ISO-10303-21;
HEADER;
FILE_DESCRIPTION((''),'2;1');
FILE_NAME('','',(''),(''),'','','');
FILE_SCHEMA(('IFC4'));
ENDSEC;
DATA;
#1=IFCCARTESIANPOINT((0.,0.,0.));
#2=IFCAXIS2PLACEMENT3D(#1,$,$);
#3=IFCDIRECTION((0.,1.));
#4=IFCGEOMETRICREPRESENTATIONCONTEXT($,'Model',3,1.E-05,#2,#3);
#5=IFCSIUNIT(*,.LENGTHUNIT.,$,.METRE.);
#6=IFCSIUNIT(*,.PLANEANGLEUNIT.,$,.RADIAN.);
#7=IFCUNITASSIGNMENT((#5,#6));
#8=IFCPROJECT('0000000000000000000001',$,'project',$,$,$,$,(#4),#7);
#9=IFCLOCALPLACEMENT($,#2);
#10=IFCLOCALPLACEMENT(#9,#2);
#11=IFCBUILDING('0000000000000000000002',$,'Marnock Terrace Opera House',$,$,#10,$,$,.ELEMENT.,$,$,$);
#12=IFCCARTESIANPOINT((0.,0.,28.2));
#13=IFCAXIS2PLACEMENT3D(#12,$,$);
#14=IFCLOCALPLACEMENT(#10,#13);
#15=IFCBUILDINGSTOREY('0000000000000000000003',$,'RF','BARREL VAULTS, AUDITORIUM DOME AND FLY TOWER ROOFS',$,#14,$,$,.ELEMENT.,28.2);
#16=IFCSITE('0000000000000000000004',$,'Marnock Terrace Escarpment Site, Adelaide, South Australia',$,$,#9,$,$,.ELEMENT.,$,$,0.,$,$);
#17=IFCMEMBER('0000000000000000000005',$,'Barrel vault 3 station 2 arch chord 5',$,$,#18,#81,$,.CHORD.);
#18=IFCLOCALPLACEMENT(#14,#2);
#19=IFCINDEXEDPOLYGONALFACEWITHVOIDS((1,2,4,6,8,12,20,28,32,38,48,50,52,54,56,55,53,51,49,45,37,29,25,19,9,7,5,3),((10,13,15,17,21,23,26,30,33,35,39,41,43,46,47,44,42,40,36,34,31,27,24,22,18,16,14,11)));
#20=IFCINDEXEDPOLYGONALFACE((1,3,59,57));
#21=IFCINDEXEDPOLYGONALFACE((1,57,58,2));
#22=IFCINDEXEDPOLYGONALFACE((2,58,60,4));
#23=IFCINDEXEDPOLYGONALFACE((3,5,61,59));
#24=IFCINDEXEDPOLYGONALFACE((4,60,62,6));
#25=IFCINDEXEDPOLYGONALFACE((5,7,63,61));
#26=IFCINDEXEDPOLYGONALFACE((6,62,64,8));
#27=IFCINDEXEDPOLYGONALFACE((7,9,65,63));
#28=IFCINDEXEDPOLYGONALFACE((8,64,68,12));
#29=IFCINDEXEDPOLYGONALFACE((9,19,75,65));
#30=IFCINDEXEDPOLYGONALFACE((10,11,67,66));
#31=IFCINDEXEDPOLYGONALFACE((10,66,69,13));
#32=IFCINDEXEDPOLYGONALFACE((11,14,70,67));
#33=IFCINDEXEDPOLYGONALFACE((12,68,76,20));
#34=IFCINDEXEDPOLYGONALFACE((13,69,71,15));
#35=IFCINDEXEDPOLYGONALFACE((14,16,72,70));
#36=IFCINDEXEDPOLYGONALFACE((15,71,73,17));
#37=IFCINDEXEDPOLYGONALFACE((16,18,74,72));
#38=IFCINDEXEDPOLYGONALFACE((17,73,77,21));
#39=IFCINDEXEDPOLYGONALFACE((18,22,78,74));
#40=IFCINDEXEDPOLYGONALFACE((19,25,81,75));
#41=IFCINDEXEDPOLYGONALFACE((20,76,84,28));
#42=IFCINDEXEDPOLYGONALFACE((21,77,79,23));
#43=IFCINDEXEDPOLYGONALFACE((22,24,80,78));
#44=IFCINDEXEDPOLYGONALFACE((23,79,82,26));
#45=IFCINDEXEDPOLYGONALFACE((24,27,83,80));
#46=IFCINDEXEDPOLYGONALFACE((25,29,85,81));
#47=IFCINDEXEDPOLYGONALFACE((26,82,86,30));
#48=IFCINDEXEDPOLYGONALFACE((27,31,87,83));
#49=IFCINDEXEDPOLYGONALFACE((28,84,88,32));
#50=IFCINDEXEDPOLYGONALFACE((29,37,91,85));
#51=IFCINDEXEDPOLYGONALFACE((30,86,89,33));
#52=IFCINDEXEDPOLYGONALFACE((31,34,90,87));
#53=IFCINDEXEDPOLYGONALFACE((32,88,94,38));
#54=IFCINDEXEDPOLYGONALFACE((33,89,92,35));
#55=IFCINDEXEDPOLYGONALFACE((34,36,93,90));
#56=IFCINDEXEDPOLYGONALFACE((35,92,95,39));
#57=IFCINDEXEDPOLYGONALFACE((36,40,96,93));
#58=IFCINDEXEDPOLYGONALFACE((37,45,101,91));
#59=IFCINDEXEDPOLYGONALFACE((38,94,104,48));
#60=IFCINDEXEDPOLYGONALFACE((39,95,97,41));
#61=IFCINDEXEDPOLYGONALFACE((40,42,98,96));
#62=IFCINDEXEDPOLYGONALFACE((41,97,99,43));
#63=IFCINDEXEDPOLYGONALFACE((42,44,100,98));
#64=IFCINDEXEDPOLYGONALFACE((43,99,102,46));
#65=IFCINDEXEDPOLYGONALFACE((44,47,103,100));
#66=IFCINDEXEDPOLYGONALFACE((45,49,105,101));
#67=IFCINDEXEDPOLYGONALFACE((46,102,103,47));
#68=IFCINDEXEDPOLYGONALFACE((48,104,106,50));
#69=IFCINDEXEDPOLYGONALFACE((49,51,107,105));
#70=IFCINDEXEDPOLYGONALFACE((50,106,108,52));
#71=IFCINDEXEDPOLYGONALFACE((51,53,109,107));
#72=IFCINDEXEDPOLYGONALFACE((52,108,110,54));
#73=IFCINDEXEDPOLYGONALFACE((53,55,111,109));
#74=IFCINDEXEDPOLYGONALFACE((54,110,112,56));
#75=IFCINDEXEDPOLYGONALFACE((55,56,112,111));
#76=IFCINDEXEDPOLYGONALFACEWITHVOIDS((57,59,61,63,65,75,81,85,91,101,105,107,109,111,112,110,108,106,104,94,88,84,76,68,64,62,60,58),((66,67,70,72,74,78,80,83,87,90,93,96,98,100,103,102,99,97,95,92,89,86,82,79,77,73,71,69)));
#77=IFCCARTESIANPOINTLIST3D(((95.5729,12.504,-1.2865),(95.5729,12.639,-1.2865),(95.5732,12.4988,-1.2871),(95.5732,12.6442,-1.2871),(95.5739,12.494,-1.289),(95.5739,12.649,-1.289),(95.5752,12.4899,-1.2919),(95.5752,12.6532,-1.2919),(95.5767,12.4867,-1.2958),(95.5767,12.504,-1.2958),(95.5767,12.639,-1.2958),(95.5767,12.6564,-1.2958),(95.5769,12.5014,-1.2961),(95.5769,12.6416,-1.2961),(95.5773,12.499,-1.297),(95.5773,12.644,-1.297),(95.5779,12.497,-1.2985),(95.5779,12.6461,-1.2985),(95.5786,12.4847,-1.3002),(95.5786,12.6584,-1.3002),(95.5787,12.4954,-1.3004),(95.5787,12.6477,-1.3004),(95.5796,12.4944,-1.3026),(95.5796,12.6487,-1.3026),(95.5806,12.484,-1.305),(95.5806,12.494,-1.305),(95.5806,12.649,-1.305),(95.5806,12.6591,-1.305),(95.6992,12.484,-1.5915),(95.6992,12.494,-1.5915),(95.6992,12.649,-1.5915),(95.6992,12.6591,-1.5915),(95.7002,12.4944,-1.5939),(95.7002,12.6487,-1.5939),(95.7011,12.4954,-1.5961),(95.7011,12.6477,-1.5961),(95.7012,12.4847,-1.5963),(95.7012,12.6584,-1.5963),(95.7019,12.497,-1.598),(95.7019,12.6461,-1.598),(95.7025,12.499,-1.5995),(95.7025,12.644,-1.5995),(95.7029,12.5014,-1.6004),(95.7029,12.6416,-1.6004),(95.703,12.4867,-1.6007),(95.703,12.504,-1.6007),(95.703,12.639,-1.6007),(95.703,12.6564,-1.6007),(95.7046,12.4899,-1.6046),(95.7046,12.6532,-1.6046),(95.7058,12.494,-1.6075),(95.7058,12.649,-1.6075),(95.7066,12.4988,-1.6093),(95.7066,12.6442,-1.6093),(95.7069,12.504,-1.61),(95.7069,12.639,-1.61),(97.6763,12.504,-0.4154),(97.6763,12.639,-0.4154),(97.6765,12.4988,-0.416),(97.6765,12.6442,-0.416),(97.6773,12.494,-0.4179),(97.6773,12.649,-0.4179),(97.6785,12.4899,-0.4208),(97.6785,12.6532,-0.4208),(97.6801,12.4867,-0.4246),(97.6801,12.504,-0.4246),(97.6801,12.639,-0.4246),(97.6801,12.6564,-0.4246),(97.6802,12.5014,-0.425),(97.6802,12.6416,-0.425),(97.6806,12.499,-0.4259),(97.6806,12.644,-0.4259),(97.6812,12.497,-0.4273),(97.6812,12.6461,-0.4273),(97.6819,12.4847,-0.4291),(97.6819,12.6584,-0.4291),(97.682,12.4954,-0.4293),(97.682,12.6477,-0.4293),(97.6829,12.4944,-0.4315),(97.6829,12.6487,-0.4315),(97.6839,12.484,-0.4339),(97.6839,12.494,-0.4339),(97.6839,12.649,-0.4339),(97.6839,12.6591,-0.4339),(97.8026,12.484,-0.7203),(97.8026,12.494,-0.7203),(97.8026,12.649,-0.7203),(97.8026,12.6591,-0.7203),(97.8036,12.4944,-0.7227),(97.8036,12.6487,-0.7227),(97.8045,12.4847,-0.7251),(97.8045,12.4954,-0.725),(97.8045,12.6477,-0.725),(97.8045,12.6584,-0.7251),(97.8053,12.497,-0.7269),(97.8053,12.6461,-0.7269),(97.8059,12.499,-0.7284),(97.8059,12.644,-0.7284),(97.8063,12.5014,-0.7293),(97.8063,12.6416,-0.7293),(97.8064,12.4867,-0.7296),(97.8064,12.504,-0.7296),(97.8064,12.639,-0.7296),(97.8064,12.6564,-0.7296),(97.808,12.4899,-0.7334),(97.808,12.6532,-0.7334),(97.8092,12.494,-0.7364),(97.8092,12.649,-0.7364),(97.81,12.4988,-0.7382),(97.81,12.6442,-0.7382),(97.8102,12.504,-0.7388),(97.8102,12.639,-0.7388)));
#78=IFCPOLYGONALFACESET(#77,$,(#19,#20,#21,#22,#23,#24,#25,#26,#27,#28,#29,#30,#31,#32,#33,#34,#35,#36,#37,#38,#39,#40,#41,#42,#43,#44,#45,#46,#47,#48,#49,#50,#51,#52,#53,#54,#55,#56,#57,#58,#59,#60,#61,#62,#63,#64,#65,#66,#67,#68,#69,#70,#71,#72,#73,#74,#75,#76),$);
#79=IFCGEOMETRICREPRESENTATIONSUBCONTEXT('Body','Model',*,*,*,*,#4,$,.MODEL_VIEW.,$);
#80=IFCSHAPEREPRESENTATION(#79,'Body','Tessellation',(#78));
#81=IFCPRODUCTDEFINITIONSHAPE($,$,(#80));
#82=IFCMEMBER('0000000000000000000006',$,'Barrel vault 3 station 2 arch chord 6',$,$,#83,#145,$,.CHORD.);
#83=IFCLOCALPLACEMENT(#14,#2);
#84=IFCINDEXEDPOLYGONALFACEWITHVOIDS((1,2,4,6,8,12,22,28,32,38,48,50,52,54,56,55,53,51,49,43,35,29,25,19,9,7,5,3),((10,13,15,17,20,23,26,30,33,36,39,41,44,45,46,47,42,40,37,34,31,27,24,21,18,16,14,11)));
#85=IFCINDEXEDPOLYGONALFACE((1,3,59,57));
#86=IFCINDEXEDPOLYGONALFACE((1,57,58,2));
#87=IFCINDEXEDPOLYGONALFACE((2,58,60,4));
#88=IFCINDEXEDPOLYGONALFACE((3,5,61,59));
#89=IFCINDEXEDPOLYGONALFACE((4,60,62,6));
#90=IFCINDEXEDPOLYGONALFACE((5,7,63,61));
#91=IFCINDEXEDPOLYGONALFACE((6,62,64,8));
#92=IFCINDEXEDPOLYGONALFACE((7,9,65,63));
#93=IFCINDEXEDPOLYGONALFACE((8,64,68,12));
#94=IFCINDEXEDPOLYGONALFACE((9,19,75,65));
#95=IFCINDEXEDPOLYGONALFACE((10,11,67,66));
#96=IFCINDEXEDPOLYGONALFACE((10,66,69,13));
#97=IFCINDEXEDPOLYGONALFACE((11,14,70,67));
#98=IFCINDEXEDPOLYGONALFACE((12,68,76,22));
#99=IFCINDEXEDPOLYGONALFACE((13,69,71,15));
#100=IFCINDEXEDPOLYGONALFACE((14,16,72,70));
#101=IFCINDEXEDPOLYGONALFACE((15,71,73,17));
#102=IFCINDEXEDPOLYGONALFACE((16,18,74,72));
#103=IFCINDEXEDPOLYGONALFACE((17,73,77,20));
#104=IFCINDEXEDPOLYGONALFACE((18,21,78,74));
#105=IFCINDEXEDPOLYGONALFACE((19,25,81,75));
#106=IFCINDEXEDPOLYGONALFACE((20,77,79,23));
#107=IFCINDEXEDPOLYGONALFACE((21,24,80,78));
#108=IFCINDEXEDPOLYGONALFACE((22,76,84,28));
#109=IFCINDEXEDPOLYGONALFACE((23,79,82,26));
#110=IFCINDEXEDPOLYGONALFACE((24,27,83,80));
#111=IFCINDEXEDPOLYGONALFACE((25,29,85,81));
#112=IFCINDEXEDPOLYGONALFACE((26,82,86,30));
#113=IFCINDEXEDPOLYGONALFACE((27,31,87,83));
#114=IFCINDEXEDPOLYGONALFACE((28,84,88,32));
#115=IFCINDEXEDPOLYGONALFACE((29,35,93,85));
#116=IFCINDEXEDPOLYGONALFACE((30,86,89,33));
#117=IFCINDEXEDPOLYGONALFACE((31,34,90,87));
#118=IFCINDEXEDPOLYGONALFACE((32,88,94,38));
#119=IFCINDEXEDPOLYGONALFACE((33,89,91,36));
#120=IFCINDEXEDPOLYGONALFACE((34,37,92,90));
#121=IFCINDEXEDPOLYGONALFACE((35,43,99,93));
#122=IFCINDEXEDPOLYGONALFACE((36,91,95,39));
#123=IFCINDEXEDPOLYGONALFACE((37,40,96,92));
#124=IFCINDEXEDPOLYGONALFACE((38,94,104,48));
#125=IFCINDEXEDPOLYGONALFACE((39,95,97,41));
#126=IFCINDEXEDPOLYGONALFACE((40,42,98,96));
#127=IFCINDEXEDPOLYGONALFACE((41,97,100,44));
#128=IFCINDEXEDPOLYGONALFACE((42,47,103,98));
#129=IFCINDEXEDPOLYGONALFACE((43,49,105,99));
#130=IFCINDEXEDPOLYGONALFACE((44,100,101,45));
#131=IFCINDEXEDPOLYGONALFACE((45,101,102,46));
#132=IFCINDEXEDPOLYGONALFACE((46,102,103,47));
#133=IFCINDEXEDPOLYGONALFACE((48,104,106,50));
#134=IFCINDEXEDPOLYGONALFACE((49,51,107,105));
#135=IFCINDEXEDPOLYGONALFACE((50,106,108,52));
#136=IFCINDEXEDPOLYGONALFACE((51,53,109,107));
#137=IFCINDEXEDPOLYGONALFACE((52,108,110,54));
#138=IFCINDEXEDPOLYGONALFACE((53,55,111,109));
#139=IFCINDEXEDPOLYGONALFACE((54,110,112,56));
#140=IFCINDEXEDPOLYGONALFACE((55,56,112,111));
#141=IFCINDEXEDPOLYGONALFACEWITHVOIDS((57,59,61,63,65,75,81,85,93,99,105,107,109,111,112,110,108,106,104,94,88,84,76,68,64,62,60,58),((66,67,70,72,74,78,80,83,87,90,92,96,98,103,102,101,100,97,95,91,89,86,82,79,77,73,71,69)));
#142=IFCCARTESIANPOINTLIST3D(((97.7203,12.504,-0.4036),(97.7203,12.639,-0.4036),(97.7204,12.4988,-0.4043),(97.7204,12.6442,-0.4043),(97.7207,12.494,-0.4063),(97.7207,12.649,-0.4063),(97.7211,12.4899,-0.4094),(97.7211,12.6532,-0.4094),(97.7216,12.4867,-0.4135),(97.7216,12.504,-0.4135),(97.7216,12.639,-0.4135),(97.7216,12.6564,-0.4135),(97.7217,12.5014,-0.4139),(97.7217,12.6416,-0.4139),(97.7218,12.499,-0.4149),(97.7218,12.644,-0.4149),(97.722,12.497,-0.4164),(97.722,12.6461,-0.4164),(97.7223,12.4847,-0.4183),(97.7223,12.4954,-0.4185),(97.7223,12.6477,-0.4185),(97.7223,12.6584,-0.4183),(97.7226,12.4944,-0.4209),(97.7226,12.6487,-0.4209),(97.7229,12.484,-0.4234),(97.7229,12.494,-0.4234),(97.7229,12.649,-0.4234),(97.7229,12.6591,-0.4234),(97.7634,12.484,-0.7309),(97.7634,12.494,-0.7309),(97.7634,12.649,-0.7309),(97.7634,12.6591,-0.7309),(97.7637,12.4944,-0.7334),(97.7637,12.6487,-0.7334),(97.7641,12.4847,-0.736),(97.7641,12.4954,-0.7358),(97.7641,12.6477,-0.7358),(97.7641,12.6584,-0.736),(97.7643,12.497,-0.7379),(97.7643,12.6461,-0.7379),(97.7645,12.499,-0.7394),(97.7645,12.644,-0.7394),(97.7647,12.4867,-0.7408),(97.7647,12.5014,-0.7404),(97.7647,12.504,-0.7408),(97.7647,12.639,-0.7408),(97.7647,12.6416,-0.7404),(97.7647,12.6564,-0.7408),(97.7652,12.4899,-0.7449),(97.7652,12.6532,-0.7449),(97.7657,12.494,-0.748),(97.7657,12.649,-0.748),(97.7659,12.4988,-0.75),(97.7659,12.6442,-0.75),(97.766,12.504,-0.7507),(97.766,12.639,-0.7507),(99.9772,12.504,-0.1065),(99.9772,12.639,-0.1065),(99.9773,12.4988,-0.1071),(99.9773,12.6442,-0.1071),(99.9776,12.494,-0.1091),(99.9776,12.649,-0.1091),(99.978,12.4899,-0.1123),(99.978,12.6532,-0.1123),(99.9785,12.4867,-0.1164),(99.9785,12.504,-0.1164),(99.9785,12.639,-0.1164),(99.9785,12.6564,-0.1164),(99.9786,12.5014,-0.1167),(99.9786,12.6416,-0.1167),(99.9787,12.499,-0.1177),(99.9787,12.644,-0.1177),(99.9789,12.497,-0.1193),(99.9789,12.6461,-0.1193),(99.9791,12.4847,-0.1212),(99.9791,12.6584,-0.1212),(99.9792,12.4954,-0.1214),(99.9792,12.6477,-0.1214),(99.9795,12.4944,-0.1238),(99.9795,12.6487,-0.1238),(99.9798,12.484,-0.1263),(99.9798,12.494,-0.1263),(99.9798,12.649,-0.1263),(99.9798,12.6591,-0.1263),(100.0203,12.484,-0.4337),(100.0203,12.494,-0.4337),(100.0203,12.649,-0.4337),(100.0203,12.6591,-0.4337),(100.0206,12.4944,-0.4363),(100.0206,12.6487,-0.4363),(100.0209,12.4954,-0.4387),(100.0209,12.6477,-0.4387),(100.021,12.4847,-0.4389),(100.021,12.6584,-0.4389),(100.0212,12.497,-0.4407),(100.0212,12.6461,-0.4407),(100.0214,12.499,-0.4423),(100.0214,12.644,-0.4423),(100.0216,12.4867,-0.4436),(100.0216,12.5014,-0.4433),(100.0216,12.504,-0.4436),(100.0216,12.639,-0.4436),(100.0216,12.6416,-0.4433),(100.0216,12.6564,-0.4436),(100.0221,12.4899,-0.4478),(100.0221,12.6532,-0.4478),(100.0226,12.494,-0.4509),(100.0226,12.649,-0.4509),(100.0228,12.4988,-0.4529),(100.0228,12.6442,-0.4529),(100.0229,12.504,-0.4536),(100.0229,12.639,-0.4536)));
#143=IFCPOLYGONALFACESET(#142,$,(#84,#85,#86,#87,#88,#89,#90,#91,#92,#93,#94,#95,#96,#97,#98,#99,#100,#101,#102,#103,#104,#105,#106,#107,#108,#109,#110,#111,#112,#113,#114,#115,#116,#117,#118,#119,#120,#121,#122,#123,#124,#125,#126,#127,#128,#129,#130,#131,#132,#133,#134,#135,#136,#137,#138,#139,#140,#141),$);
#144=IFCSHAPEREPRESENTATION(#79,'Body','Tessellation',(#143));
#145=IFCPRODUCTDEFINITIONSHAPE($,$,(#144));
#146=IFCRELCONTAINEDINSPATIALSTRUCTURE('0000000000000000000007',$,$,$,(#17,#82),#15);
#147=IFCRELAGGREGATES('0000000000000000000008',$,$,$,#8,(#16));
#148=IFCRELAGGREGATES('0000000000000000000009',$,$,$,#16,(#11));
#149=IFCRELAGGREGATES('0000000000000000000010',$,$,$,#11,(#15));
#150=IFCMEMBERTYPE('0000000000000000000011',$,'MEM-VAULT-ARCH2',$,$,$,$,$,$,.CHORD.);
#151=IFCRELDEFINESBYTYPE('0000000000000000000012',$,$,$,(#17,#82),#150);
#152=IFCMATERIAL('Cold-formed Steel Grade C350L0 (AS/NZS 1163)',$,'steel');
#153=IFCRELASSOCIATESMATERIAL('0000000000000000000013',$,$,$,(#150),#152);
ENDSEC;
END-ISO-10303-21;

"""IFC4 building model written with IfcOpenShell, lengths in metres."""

from ifc_helpers import new_model, si_unit, direction, frame, origin, origin_2d, place, context, subcontext, project, spatial, hollow_rectangle, extrude, material, material_profile, profile_set, type_object, element, save


model = new_model("IFC4")

# Units and contexts
model_context = context("Model", 3, precision=1e-05, world=origin(), true_north=direction((0.0, 1.0)))
body_context = subcontext(model_context, "Body", "Model", "MODEL_VIEW")
ifc_project = project(units=[si_unit("LENGTHUNIT", "METRE"), si_unit("PLANEANGLEUNIT", "RADIAN")], contexts=[model_context])

# Site, building, storey
site_placement = place(None, origin())
site = spatial("IfcSite", under=ifc_project, at=site_placement, Name="Marnock Terrace Escarpment Site, Adelaide, South Australia", CompositionType="ELEMENT", RefElevation=0.0)
building_placement = place(site_placement, origin())
building = spatial("IfcBuilding", under=site, at=building_placement, Name="Marnock Terrace Opera House", CompositionType="ELEMENT")
storey_placement = place(building_placement, frame((0.0, 0.0, 28.2)))
storey = spatial("IfcBuildingStorey", under=building, at=storey_placement, Name="RF", Description="BARREL VAULTS, AUDITORIUM DOME AND FLY TOWER ROOFS", CompositionType="ELEMENT", Elevation=28.2)

# Members
ifc_material_1 = material(Name="Cold-formed Steel Grade C350L0 (AS/NZS 1163)", Category="steel")
ifc_material_profile_1 = material_profile(ifc_material_1, hollow_rectangle(XDim=0.175, YDim=0.3501, WallThickness=0.01, InnerFilletRadius=0.01, OuterFilletRadius=0.02, at=origin_2d()))
ifc_profile_set_1 = profile_set([ifc_material_profile_1], Name="Cold-formed Steel Grade C350L0 (AS/NZS 1163)")
member_type_1 = type_object("IfcMemberType", Name="MEM-VAULT-ARCH2", PredefinedType="CHORD", material=ifc_profile_set_1)
member_1_placement = place(storey_placement, frame((95.6399, 12.5715, -1.4482), z_axis=(0.923897, 0.0, 0.382642), x_axis=(0.0, 1.0, 0.0)))
element("IfcMember", 1, at=member_1_placement, inside=storey, type_object=member_type_1, Name="Barrel vault 3 station 2 arch chord 5", PredefinedType="CHORD", context=body_context, shape_type="SweptSolid", body=[
    extrude(hollow_rectangle(XDim=0.175, YDim=0.3501, WallThickness=0.01, InnerFilletRadius=0.01, OuterFilletRadius=0.02, at=origin_2d()), origin(), (0.0, 0.0, 1.0), 2.2766),
])
for number, where, z_axis, x_axis, name in (
    (2, (97.7432, 12.5715, -0.5771), (0.991445, 0.0, 0.130527), (0.0, 1.0, 0.0), "Barrel vault 3 station 2 arch chord 6"),
):
    element("IfcMember", number, at=place(storey_placement, frame(where, z_axis=z_axis, x_axis=x_axis)), inside=storey, type_object=member_type_1, Name=name, PredefinedType="CHORD", context=body_context, shape_type="SweptSolid", body=[
        extrude(hollow_rectangle(XDim=0.175, YDim=0.3501, WallThickness=0.01, InnerFilletRadius=0.01, OuterFilletRadius=0.02, at=origin_2d()), origin(), (0.0, 0.0, 1.0), 2.2764),
    ])

save(model, "model.ifc")
